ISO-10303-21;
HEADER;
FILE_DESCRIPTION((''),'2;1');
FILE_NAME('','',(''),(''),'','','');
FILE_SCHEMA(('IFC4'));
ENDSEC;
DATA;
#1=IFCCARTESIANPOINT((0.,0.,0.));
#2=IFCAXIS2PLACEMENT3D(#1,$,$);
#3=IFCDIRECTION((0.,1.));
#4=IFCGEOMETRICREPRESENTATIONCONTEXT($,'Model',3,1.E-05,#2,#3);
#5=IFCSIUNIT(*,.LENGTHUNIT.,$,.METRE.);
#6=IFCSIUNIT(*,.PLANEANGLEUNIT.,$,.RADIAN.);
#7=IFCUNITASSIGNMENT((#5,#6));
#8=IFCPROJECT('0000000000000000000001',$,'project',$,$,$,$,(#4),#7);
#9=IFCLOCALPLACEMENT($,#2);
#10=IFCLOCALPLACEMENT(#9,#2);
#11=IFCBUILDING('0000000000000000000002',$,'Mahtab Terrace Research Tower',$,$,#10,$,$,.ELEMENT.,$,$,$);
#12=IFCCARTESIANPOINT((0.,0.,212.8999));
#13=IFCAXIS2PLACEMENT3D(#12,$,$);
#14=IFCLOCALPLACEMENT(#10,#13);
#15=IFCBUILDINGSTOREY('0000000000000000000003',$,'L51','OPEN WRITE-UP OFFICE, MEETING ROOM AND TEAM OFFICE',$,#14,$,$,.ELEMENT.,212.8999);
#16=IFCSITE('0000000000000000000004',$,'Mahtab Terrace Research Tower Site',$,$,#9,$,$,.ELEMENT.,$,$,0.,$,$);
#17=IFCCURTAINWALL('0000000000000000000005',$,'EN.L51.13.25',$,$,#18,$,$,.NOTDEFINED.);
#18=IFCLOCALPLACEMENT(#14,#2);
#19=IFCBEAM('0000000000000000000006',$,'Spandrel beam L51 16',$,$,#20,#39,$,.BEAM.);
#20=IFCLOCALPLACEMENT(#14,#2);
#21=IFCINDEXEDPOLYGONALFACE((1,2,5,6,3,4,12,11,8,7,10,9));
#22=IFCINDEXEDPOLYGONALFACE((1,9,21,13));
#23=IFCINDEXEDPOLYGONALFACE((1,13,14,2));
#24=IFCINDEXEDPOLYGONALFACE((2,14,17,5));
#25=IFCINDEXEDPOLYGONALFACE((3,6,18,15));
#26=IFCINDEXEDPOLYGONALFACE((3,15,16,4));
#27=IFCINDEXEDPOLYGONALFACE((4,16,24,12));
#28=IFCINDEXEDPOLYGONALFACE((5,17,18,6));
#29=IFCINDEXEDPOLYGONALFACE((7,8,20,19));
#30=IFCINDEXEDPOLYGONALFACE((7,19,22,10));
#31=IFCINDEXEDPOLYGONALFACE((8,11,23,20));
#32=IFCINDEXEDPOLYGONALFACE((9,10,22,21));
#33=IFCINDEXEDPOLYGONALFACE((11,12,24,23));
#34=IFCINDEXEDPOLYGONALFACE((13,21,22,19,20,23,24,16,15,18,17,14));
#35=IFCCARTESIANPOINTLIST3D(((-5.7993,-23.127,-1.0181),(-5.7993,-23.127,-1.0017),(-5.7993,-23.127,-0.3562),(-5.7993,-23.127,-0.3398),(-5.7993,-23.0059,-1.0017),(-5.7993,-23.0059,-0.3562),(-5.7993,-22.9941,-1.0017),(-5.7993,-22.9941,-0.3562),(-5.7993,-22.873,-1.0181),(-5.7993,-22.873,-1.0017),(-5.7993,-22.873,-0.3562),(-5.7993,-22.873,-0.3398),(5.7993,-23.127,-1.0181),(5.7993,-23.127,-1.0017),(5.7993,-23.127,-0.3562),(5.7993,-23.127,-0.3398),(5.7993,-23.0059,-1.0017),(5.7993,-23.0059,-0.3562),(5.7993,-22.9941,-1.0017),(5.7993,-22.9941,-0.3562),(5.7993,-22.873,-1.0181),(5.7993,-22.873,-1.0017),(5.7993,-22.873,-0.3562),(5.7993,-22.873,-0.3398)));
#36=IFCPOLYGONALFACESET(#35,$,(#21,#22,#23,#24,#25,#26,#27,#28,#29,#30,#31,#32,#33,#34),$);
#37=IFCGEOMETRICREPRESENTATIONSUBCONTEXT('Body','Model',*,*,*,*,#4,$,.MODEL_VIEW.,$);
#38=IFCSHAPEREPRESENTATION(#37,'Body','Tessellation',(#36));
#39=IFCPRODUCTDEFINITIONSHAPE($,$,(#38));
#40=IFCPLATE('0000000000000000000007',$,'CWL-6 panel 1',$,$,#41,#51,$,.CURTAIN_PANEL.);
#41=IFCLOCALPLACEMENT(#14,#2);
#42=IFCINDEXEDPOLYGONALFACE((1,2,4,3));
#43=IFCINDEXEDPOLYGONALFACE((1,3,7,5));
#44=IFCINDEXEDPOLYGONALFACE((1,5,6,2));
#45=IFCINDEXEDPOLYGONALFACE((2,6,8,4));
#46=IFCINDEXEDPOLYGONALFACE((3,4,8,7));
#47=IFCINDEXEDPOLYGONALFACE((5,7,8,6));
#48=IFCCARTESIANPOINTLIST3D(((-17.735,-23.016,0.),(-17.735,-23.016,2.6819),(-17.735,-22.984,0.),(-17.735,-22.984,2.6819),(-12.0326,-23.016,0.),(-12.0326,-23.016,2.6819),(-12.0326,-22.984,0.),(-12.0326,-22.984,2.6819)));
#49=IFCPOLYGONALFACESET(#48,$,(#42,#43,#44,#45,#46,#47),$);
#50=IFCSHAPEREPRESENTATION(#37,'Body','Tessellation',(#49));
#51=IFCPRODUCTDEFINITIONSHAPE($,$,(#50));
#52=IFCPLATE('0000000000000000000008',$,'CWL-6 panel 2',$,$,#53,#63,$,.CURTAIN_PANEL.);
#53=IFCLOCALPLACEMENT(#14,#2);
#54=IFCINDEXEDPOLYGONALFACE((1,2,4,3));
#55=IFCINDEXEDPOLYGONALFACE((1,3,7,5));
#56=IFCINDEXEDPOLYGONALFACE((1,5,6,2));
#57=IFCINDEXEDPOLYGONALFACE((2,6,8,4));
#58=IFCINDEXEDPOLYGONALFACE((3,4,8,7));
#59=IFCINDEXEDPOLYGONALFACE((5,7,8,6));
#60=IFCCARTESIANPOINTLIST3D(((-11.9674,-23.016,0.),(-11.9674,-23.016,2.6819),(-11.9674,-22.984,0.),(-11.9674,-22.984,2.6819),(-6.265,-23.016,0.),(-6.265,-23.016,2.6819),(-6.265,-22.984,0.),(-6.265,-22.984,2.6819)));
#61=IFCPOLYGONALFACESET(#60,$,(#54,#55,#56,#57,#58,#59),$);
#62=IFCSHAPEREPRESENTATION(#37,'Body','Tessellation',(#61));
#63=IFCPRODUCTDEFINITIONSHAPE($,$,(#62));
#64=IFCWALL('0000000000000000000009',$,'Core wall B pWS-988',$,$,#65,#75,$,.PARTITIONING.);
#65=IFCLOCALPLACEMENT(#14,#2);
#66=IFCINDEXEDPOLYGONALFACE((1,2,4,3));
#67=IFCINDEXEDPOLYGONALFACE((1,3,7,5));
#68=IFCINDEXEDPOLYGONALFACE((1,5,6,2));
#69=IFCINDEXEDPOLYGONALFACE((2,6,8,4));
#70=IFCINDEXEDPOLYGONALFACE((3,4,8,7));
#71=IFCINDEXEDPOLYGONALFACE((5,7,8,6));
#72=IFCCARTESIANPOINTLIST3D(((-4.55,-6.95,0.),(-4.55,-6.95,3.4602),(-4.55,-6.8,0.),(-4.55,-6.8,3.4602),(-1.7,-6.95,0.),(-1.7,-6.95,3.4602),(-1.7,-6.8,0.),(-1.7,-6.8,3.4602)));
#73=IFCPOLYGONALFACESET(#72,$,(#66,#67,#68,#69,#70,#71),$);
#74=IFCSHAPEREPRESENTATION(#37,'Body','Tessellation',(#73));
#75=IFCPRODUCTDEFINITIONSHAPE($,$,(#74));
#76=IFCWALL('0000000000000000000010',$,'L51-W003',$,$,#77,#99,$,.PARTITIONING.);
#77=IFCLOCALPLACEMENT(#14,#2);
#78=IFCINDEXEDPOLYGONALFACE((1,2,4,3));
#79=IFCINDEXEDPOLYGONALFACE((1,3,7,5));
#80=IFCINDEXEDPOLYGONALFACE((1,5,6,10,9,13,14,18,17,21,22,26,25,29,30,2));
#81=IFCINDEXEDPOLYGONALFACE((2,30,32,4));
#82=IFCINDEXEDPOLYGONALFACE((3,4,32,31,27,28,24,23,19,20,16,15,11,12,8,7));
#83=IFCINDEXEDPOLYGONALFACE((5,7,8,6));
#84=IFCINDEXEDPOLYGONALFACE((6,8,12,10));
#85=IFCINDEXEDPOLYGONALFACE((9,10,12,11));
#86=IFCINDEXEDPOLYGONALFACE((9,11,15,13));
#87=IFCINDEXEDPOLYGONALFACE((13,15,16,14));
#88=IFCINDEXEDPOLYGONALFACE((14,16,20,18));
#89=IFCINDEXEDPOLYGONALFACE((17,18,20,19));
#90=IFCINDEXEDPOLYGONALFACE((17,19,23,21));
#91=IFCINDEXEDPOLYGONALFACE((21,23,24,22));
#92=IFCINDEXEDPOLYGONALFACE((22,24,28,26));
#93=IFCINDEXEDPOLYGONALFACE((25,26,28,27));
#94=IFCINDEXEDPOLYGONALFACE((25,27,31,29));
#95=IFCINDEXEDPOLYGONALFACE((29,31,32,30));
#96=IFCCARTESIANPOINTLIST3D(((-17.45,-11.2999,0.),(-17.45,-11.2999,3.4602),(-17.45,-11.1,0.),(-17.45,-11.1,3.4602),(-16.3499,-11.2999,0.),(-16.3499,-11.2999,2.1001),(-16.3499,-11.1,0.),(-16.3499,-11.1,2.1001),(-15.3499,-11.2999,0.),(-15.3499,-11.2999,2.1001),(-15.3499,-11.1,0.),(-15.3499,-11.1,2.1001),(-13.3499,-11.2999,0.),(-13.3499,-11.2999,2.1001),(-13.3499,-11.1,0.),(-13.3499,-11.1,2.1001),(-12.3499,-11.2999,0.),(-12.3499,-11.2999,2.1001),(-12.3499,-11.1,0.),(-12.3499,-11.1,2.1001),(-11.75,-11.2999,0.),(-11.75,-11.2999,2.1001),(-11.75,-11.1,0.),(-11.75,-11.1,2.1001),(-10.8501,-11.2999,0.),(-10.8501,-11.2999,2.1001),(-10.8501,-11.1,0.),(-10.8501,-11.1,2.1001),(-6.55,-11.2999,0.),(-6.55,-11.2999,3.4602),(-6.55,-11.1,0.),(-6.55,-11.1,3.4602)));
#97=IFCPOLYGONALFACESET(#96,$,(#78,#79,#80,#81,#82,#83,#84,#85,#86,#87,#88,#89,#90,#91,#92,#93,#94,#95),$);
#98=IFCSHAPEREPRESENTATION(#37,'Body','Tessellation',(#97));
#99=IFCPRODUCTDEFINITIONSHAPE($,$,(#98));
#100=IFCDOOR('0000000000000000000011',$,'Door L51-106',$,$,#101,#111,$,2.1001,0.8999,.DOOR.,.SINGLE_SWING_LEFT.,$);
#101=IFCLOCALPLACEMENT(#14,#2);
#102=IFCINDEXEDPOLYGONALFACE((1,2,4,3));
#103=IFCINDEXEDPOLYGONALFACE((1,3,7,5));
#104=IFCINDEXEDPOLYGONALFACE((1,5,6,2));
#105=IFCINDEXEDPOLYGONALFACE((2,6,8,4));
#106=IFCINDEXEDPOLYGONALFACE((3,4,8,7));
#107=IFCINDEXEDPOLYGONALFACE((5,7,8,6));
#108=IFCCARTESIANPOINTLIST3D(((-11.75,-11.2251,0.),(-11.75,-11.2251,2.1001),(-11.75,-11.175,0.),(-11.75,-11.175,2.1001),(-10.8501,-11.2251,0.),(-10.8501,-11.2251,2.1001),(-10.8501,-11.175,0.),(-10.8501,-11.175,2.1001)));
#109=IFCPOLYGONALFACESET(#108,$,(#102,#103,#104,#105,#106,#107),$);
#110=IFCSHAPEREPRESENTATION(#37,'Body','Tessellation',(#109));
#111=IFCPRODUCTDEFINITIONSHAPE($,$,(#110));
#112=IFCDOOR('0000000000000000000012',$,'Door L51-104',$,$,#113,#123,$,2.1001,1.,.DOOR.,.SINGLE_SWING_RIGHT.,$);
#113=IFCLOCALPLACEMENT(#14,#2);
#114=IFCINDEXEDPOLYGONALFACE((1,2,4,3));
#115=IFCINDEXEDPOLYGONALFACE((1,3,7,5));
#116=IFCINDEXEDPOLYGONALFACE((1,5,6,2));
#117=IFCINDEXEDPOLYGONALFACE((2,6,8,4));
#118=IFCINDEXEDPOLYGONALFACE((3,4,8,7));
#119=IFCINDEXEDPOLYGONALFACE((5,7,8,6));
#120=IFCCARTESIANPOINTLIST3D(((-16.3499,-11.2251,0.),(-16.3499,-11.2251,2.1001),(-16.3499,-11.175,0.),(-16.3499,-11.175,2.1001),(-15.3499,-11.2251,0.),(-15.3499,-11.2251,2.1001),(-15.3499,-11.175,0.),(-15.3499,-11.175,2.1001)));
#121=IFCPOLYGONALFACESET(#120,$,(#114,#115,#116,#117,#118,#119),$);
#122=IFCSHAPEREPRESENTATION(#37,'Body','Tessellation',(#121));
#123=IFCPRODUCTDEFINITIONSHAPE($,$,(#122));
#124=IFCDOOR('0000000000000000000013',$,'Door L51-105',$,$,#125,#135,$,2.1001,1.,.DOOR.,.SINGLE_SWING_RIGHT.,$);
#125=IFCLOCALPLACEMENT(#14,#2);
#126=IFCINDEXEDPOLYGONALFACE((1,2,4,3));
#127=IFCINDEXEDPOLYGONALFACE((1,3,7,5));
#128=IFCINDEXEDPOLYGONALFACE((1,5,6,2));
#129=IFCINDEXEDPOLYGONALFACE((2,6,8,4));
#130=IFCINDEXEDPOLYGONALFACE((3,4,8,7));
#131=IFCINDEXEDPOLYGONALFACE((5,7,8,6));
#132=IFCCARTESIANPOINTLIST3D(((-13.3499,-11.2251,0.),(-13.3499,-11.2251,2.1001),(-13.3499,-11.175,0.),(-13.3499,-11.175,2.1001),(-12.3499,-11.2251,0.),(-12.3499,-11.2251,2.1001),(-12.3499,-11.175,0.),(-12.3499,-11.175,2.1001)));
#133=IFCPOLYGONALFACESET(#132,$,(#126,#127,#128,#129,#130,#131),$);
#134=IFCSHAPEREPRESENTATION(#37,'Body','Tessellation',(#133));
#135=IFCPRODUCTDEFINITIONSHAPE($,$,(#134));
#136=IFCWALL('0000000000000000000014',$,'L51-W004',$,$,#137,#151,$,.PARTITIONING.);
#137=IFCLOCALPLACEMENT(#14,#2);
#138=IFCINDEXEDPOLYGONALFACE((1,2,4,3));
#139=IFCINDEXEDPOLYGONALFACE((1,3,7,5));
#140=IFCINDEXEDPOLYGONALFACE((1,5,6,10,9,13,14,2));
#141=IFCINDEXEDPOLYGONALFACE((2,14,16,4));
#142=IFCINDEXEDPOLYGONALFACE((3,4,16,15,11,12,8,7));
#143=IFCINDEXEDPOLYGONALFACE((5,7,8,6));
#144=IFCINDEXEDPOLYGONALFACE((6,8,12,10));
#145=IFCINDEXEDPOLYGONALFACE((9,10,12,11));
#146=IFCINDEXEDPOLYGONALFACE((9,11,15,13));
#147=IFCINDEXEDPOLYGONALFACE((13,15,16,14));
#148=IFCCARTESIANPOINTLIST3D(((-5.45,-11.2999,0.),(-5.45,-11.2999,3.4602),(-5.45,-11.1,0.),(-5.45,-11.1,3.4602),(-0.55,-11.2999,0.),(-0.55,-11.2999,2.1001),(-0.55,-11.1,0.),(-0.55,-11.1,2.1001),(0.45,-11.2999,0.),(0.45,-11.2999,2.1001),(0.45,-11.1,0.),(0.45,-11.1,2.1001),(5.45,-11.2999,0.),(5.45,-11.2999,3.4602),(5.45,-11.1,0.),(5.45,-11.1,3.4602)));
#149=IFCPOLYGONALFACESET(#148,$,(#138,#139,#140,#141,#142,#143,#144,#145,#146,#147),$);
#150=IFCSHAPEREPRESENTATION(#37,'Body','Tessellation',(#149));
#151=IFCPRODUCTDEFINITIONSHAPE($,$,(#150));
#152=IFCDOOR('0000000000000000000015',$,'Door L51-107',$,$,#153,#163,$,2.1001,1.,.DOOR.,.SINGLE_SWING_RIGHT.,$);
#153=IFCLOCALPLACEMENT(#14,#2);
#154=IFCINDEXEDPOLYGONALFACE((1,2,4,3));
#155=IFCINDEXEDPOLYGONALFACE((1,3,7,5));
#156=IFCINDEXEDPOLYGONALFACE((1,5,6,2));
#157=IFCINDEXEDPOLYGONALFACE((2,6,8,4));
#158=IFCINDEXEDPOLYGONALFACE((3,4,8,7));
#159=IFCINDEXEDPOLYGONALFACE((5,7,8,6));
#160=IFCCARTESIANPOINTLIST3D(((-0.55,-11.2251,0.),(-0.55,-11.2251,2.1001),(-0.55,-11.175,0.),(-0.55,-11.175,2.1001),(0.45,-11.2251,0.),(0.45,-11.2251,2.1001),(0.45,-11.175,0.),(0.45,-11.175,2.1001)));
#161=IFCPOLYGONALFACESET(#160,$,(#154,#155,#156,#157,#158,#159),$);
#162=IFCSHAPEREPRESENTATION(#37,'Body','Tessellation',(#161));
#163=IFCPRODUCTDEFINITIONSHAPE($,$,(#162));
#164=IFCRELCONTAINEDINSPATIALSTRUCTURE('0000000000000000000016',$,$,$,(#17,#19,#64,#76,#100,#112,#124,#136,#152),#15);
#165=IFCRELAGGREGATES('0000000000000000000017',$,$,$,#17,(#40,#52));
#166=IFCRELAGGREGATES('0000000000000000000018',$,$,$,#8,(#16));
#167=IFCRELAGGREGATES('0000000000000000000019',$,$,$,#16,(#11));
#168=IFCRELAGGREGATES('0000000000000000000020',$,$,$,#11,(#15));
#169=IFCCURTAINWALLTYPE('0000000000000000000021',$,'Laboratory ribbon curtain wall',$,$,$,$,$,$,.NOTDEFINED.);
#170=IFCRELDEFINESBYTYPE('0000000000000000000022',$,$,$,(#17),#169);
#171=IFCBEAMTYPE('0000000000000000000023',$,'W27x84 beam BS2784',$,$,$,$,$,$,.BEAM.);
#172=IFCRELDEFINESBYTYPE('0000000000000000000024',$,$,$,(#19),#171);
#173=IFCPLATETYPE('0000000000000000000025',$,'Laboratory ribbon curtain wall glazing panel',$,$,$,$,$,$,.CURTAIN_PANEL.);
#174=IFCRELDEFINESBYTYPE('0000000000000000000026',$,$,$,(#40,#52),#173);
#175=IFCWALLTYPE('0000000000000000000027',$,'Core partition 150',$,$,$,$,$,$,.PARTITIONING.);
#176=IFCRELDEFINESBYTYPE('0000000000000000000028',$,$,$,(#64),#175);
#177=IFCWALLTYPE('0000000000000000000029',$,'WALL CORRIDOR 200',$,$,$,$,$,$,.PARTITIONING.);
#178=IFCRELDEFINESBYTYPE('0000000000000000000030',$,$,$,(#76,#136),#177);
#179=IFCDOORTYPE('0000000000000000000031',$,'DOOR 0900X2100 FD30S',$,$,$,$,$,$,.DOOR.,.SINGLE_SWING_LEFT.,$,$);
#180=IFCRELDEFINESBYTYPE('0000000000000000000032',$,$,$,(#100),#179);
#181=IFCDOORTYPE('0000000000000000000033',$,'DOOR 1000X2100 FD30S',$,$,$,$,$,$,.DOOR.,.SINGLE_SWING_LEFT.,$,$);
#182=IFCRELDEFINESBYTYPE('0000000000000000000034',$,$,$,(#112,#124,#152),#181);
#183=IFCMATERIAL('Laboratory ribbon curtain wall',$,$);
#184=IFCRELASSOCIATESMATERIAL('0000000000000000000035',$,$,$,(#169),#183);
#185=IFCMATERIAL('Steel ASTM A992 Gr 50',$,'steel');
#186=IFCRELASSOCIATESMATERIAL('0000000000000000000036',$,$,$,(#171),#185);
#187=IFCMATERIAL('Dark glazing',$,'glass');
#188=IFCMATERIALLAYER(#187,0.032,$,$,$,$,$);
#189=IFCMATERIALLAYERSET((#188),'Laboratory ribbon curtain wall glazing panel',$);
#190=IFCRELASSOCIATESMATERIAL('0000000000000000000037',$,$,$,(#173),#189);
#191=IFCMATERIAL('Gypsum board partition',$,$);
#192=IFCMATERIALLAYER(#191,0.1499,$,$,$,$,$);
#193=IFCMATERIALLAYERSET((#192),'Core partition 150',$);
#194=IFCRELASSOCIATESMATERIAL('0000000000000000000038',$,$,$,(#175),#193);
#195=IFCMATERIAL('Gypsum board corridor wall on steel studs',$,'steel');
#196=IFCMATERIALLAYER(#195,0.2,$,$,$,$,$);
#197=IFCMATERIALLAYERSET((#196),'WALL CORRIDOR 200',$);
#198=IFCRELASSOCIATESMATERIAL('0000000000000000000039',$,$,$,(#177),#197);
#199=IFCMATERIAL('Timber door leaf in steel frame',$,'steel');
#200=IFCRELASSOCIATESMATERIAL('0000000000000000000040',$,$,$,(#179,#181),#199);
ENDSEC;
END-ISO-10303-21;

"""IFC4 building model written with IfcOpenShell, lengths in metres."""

from ifc_helpers import new_model, si_unit, direction, frame, frame_2d, origin, origin_2d, place, context, subcontext, project, spatial, rectangle, i_section, extrude, material, layer, layer_set, material_profile, profile_set, type_object, element, fill, aggregate, save


model = new_model("IFC4")

# Units and contexts
model_context = context("Model", 3, precision=1e-05, world=origin(), true_north=direction((0.0, 1.0)))
body_context = subcontext(model_context, "Body", "Model", "MODEL_VIEW")
ifc_project = project(units=[si_unit("LENGTHUNIT", "METRE"), si_unit("PLANEANGLEUNIT", "RADIAN")], contexts=[model_context])

# Site, building, storey
site_placement = place(None, origin())
site = spatial("IfcSite", under=ifc_project, at=site_placement, Name="Mahtab Terrace Research Tower Site", CompositionType="ELEMENT", RefElevation=0.0)
building_placement = place(site_placement, origin())
building = spatial("IfcBuilding", under=site, at=building_placement, Name="Mahtab Terrace Research Tower", CompositionType="ELEMENT")
storey_placement = place(building_placement, frame((0.0, 0.0, 212.8999)))
storey = spatial("IfcBuildingStorey", under=building, at=storey_placement, Name="L51", Description="OPEN WRITE-UP OFFICE, MEETING ROOM AND TEAM OFFICE", CompositionType="ELEMENT", Elevation=212.8999)

# Shared definitions
ifc_material_1 = material(Name="Steel ASTM A992 Gr 50", Category="steel")

# Curtain wall
ifc_material_2 = material(Name="Laboratory ribbon curtain wall")
curtain_wall_type = type_object("IfcCurtainWallType", Name="Laboratory ribbon curtain wall", PredefinedType="NOTDEFINED", material=ifc_material_2)
curtain_wall_1_placement = place(storey_placement, origin())
curtain_wall_1 = element("IfcCurtainWall", 1, at=curtain_wall_1_placement, inside=storey, type_object=curtain_wall_type, Name="EN.L51.13.25", PredefinedType="NOTDEFINED")

# Beam
ifc_material_profile_1 = material_profile(ifc_material_1, i_section(OverallWidth=0.2539, OverallDepth=0.6782, WebThickness=0.0117, FlangeThickness=0.0164, at=origin_2d()), Name="W27X84")
ifc_profile_set_1 = profile_set([ifc_material_profile_1], Name="Steel ASTM A992 Gr 50")
beam_type = type_object("IfcBeamType", Name="W27x84 beam BS2784", PredefinedType="BEAM", material=ifc_profile_set_1)
for number, where, z_axis, x_axis, name in (
    (2, (-5.7993, -23.0, -0.679), (1.0, 0.0, 0.0), (0.0, 1.0, 0.0), "Spandrel beam L51 16"),
):
    element("IfcBeam", number, at=place(storey_placement, frame(where, z_axis=z_axis, x_axis=x_axis)), inside=storey, type_object=beam_type, Name=name, PredefinedType="BEAM", context=body_context, shape_type="SweptSolid", body=[
        extrude(i_section(OverallWidth=0.2539, OverallDepth=0.6782, WebThickness=0.0117, FlangeThickness=0.0164, at=origin_2d()), origin(), (0.0, 0.0, 1.0), 11.5986),
    ])

# Plates
ifc_material_3 = material(Name="Dark glazing", Category="glass")
ifc_layer_1 = layer(ifc_material_3, 0.032)
ifc_layer_set_1 = layer_set([ifc_layer_1], Name="Laboratory ribbon curtain wall glazing panel")
plate_type = type_object("IfcPlateType", Name="Laboratory ribbon curtain wall glazing panel", PredefinedType="CURTAIN_PANEL", material=ifc_layer_set_1)
plate_1_placement = place(storey_placement, frame((-14.8838, -23.0, 0.0), z_axis=(0.0, 0.0, 1.0), x_axis=(1.0, 0.0, 0.0)))
plate_1 = element("IfcPlate", 3, at=plate_1_placement, type_object=plate_type, Name="CWL-6 panel 1", PredefinedType="CURTAIN_PANEL", context=body_context, shape_type="SweptSolid", body=[
    extrude(rectangle(XDim=5.7024, YDim=0.032, at=origin_2d()), origin(), (0.0, 0.0, 1.0), 2.6819),
])
plate_2_placement = place(storey_placement, frame((-9.1162, -23.0, 0.0), z_axis=(0.0, 0.0, 1.0), x_axis=(1.0, 0.0, 0.0)))
plate_2 = element("IfcPlate", 4, at=plate_2_placement, type_object=plate_type, Name="CWL-6 panel 2", PredefinedType="CURTAIN_PANEL", context=body_context, shape_type="SweptSolid", body=[
    extrude(rectangle(XDim=5.7024, YDim=0.032, at=origin_2d()), origin(), (0.0, 0.0, 1.0), 2.6819),
])
aggregate(curtain_wall_1, [plate_1, plate_2])

# Wall
ifc_material_4 = material(Name="Gypsum board partition")
ifc_layer_2 = layer(ifc_material_4, 0.1499)
ifc_layer_set_2 = layer_set([ifc_layer_2], Name="Core partition 150")
wall_type_1 = type_object("IfcWallType", Name="Core partition 150", PredefinedType="PARTITIONING", material=ifc_layer_set_2)
wall_1_placement = place(storey_placement, frame((-4.55, -6.875, 0.0), z_axis=(0.0, 0.0, 1.0), x_axis=(1.0, 0.0, 0.0)))
element("IfcWall", 5, at=wall_1_placement, inside=storey, type_object=wall_type_1, Name="Core wall B pWS-988", PredefinedType="PARTITIONING", context=body_context, shape_type="SweptSolid", body=[
    extrude(rectangle(XDim=2.8501, YDim=0.1499, at=frame_2d((1.425, 0.0))), origin(), (0.0, 0.0, 1.0), 3.4602),
])

# Wall, openings, doors
ifc_material_5 = material(Name="Gypsum board corridor wall on steel studs", Category="steel")
ifc_layer_3 = layer(ifc_material_5, 0.2)
ifc_layer_set_3 = layer_set([ifc_layer_3], Name="WALL CORRIDOR 200")
wall_type_2 = type_object("IfcWallType", Name="WALL CORRIDOR 200", PredefinedType="PARTITIONING", material=ifc_layer_set_3)
wall_2_placement = place(storey_placement, frame((-17.45, -11.2, 0.0), z_axis=(0.0, 0.0, 1.0), x_axis=(1.0, 0.0, 0.0)))
wall_2 = element("IfcWall", 6, at=wall_2_placement, inside=storey, type_object=wall_type_2, Name="L51-W003", PredefinedType="PARTITIONING", context=body_context, shape_type="SweptSolid", body=[
    extrude(rectangle(XDim=10.8999, YDim=0.2, at=frame_2d((5.45, 0.0))), origin(), (0.0, 0.0, 1.0), 3.4602),
])
opening_1_placement = place(wall_2_placement, frame((1.1001, 0.0, 0.0)))
opening_1 = element("IfcOpeningElement", 7, at=opening_1_placement, cuts=wall_2, PredefinedType="OPENING", context=body_context, shape_type="SweptSolid", body=[
    extrude(rectangle(XDim=1.0, YDim=2.1001, at=frame_2d((0.5, 1.05))), frame((0.0, 0.1099, 0.0), z_axis=(0.0, -1.0, 0.0), x_axis=(1.0, 0.0, 0.0)), (0.0, 0.0, 1.0), 0.22),
])
opening_2_placement = place(wall_2_placement, frame((4.1001, 0.0, 0.0)))
opening_2 = element("IfcOpeningElement", 8, at=opening_2_placement, cuts=wall_2, PredefinedType="OPENING", context=body_context, shape_type="SweptSolid", body=[
    extrude(rectangle(XDim=1.0, YDim=2.1001, at=frame_2d((0.5, 1.05))), frame((0.0, 0.1099, 0.0), z_axis=(0.0, -1.0, 0.0), x_axis=(1.0, 0.0, 0.0)), (0.0, 0.0, 1.0), 0.22),
])
opening_3_placement = place(wall_2_placement, frame((5.7, 0.0, 0.0)))
opening_3 = element("IfcOpeningElement", 9, at=opening_3_placement, cuts=wall_2, PredefinedType="OPENING", context=body_context, shape_type="SweptSolid", body=[
    extrude(rectangle(XDim=0.8999, YDim=2.1001, at=frame_2d((0.45, 1.05))), frame((0.0, 0.1099, 0.0), z_axis=(0.0, -1.0, 0.0), x_axis=(1.0, 0.0, 0.0)), (0.0, 0.0, 1.0), 0.22),
])
ifc_material_6 = material(Name="Timber door leaf in steel frame", Category="steel")
door_type_1 = type_object("IfcDoorType", Name="DOOR 0900X2100 FD30S", OperationType="SINGLE_SWING_LEFT", PredefinedType="DOOR", material=ifc_material_6)
door_1_placement = place(opening_3_placement, origin())
door_1 = element("IfcDoor", 10, at=door_1_placement, inside=storey, type_object=door_type_1, Name="Door L51-106", OperationType="SINGLE_SWING_LEFT", OverallHeight=2.1001, OverallWidth=0.8999, PredefinedType="DOOR", context=body_context, shape_type="SweptSolid", body=[
    extrude(rectangle(XDim=0.8999, YDim=2.1001, at=frame_2d((0.45, 1.05))), frame((0.0, 0.0249, 0.0), z_axis=(0.0, -1.0, 0.0), x_axis=(1.0, 0.0, 0.0)), (0.0, 0.0, 1.0), 0.05),
])
fill(opening_3, door_1)
door_type_2 = type_object("IfcDoorType", Name="DOOR 1000X2100 FD30S", OperationType="SINGLE_SWING_LEFT", PredefinedType="DOOR", material=ifc_material_6)
door_2_placement = place(opening_1_placement, origin())
door_2 = element("IfcDoor", 11, at=door_2_placement, inside=storey, type_object=door_type_2, Name="Door L51-104", OperationType="SINGLE_SWING_RIGHT", OverallHeight=2.1001, OverallWidth=1.0, PredefinedType="DOOR", context=body_context, shape_type="SweptSolid", body=[
    extrude(rectangle(XDim=1.0, YDim=2.1001, at=frame_2d((0.5, 1.05))), frame((0.0, 0.0249, 0.0), z_axis=(0.0, -1.0, 0.0), x_axis=(1.0, 0.0, 0.0)), (0.0, 0.0, 1.0), 0.05),
])
fill(opening_1, door_2)
door_3_placement = place(opening_2_placement, origin())
door_3 = element("IfcDoor", 12, at=door_3_placement, inside=storey, type_object=door_type_2, Name="Door L51-105", OperationType="SINGLE_SWING_RIGHT", OverallHeight=2.1001, OverallWidth=1.0, PredefinedType="DOOR", context=body_context, shape_type="SweptSolid", body=[
    extrude(rectangle(XDim=1.0, YDim=2.1001, at=frame_2d((0.5, 1.05))), frame((0.0, 0.0249, 0.0), z_axis=(0.0, -1.0, 0.0), x_axis=(1.0, 0.0, 0.0)), (0.0, 0.0, 1.0), 0.05),
])
fill(opening_2, door_3)

# Wall, opening, door
wall_3_placement = place(storey_placement, frame((-5.45, -11.2, 0.0), z_axis=(0.0, 0.0, 1.0), x_axis=(1.0, 0.0, 0.0)))
wall_3 = element("IfcWall", 13, at=wall_3_placement, inside=storey, type_object=wall_type_2, Name="L51-W004", PredefinedType="PARTITIONING", context=body_context, shape_type="SweptSolid", body=[
    extrude(rectangle(XDim=10.8999, YDim=0.2, at=frame_2d((5.45, 0.0))), origin(), (0.0, 0.0, 1.0), 3.4602),
])
opening_4_placement = place(wall_3_placement, frame((4.8999, 0.0, 0.0)))
opening_4 = element("IfcOpeningElement", 14, at=opening_4_placement, cuts=wall_3, PredefinedType="OPENING", context=body_context, shape_type="SweptSolid", body=[
    extrude(rectangle(XDim=1.0, YDim=2.1001, at=frame_2d((0.5, 1.05))), frame((0.0, 0.1099, 0.0), z_axis=(0.0, -1.0, 0.0), x_axis=(1.0, 0.0, 0.0)), (0.0, 0.0, 1.0), 0.22),
])
door_4_placement = place(opening_4_placement, origin())
door_4 = element("IfcDoor", 15, at=door_4_placement, inside=storey, type_object=door_type_2, Name="Door L51-107", OperationType="SINGLE_SWING_RIGHT", OverallHeight=2.1001, OverallWidth=1.0, PredefinedType="DOOR", context=body_context, shape_type="SweptSolid", body=[
    extrude(rectangle(XDim=1.0, YDim=2.1001, at=frame_2d((0.5, 1.05))), frame((0.0, 0.0249, 0.0), z_axis=(0.0, -1.0, 0.0), x_axis=(1.0, 0.0, 0.0)), (0.0, 0.0, 1.0), 0.05),
])
fill(opening_4, door_4)

save(model, "model.ifc")
